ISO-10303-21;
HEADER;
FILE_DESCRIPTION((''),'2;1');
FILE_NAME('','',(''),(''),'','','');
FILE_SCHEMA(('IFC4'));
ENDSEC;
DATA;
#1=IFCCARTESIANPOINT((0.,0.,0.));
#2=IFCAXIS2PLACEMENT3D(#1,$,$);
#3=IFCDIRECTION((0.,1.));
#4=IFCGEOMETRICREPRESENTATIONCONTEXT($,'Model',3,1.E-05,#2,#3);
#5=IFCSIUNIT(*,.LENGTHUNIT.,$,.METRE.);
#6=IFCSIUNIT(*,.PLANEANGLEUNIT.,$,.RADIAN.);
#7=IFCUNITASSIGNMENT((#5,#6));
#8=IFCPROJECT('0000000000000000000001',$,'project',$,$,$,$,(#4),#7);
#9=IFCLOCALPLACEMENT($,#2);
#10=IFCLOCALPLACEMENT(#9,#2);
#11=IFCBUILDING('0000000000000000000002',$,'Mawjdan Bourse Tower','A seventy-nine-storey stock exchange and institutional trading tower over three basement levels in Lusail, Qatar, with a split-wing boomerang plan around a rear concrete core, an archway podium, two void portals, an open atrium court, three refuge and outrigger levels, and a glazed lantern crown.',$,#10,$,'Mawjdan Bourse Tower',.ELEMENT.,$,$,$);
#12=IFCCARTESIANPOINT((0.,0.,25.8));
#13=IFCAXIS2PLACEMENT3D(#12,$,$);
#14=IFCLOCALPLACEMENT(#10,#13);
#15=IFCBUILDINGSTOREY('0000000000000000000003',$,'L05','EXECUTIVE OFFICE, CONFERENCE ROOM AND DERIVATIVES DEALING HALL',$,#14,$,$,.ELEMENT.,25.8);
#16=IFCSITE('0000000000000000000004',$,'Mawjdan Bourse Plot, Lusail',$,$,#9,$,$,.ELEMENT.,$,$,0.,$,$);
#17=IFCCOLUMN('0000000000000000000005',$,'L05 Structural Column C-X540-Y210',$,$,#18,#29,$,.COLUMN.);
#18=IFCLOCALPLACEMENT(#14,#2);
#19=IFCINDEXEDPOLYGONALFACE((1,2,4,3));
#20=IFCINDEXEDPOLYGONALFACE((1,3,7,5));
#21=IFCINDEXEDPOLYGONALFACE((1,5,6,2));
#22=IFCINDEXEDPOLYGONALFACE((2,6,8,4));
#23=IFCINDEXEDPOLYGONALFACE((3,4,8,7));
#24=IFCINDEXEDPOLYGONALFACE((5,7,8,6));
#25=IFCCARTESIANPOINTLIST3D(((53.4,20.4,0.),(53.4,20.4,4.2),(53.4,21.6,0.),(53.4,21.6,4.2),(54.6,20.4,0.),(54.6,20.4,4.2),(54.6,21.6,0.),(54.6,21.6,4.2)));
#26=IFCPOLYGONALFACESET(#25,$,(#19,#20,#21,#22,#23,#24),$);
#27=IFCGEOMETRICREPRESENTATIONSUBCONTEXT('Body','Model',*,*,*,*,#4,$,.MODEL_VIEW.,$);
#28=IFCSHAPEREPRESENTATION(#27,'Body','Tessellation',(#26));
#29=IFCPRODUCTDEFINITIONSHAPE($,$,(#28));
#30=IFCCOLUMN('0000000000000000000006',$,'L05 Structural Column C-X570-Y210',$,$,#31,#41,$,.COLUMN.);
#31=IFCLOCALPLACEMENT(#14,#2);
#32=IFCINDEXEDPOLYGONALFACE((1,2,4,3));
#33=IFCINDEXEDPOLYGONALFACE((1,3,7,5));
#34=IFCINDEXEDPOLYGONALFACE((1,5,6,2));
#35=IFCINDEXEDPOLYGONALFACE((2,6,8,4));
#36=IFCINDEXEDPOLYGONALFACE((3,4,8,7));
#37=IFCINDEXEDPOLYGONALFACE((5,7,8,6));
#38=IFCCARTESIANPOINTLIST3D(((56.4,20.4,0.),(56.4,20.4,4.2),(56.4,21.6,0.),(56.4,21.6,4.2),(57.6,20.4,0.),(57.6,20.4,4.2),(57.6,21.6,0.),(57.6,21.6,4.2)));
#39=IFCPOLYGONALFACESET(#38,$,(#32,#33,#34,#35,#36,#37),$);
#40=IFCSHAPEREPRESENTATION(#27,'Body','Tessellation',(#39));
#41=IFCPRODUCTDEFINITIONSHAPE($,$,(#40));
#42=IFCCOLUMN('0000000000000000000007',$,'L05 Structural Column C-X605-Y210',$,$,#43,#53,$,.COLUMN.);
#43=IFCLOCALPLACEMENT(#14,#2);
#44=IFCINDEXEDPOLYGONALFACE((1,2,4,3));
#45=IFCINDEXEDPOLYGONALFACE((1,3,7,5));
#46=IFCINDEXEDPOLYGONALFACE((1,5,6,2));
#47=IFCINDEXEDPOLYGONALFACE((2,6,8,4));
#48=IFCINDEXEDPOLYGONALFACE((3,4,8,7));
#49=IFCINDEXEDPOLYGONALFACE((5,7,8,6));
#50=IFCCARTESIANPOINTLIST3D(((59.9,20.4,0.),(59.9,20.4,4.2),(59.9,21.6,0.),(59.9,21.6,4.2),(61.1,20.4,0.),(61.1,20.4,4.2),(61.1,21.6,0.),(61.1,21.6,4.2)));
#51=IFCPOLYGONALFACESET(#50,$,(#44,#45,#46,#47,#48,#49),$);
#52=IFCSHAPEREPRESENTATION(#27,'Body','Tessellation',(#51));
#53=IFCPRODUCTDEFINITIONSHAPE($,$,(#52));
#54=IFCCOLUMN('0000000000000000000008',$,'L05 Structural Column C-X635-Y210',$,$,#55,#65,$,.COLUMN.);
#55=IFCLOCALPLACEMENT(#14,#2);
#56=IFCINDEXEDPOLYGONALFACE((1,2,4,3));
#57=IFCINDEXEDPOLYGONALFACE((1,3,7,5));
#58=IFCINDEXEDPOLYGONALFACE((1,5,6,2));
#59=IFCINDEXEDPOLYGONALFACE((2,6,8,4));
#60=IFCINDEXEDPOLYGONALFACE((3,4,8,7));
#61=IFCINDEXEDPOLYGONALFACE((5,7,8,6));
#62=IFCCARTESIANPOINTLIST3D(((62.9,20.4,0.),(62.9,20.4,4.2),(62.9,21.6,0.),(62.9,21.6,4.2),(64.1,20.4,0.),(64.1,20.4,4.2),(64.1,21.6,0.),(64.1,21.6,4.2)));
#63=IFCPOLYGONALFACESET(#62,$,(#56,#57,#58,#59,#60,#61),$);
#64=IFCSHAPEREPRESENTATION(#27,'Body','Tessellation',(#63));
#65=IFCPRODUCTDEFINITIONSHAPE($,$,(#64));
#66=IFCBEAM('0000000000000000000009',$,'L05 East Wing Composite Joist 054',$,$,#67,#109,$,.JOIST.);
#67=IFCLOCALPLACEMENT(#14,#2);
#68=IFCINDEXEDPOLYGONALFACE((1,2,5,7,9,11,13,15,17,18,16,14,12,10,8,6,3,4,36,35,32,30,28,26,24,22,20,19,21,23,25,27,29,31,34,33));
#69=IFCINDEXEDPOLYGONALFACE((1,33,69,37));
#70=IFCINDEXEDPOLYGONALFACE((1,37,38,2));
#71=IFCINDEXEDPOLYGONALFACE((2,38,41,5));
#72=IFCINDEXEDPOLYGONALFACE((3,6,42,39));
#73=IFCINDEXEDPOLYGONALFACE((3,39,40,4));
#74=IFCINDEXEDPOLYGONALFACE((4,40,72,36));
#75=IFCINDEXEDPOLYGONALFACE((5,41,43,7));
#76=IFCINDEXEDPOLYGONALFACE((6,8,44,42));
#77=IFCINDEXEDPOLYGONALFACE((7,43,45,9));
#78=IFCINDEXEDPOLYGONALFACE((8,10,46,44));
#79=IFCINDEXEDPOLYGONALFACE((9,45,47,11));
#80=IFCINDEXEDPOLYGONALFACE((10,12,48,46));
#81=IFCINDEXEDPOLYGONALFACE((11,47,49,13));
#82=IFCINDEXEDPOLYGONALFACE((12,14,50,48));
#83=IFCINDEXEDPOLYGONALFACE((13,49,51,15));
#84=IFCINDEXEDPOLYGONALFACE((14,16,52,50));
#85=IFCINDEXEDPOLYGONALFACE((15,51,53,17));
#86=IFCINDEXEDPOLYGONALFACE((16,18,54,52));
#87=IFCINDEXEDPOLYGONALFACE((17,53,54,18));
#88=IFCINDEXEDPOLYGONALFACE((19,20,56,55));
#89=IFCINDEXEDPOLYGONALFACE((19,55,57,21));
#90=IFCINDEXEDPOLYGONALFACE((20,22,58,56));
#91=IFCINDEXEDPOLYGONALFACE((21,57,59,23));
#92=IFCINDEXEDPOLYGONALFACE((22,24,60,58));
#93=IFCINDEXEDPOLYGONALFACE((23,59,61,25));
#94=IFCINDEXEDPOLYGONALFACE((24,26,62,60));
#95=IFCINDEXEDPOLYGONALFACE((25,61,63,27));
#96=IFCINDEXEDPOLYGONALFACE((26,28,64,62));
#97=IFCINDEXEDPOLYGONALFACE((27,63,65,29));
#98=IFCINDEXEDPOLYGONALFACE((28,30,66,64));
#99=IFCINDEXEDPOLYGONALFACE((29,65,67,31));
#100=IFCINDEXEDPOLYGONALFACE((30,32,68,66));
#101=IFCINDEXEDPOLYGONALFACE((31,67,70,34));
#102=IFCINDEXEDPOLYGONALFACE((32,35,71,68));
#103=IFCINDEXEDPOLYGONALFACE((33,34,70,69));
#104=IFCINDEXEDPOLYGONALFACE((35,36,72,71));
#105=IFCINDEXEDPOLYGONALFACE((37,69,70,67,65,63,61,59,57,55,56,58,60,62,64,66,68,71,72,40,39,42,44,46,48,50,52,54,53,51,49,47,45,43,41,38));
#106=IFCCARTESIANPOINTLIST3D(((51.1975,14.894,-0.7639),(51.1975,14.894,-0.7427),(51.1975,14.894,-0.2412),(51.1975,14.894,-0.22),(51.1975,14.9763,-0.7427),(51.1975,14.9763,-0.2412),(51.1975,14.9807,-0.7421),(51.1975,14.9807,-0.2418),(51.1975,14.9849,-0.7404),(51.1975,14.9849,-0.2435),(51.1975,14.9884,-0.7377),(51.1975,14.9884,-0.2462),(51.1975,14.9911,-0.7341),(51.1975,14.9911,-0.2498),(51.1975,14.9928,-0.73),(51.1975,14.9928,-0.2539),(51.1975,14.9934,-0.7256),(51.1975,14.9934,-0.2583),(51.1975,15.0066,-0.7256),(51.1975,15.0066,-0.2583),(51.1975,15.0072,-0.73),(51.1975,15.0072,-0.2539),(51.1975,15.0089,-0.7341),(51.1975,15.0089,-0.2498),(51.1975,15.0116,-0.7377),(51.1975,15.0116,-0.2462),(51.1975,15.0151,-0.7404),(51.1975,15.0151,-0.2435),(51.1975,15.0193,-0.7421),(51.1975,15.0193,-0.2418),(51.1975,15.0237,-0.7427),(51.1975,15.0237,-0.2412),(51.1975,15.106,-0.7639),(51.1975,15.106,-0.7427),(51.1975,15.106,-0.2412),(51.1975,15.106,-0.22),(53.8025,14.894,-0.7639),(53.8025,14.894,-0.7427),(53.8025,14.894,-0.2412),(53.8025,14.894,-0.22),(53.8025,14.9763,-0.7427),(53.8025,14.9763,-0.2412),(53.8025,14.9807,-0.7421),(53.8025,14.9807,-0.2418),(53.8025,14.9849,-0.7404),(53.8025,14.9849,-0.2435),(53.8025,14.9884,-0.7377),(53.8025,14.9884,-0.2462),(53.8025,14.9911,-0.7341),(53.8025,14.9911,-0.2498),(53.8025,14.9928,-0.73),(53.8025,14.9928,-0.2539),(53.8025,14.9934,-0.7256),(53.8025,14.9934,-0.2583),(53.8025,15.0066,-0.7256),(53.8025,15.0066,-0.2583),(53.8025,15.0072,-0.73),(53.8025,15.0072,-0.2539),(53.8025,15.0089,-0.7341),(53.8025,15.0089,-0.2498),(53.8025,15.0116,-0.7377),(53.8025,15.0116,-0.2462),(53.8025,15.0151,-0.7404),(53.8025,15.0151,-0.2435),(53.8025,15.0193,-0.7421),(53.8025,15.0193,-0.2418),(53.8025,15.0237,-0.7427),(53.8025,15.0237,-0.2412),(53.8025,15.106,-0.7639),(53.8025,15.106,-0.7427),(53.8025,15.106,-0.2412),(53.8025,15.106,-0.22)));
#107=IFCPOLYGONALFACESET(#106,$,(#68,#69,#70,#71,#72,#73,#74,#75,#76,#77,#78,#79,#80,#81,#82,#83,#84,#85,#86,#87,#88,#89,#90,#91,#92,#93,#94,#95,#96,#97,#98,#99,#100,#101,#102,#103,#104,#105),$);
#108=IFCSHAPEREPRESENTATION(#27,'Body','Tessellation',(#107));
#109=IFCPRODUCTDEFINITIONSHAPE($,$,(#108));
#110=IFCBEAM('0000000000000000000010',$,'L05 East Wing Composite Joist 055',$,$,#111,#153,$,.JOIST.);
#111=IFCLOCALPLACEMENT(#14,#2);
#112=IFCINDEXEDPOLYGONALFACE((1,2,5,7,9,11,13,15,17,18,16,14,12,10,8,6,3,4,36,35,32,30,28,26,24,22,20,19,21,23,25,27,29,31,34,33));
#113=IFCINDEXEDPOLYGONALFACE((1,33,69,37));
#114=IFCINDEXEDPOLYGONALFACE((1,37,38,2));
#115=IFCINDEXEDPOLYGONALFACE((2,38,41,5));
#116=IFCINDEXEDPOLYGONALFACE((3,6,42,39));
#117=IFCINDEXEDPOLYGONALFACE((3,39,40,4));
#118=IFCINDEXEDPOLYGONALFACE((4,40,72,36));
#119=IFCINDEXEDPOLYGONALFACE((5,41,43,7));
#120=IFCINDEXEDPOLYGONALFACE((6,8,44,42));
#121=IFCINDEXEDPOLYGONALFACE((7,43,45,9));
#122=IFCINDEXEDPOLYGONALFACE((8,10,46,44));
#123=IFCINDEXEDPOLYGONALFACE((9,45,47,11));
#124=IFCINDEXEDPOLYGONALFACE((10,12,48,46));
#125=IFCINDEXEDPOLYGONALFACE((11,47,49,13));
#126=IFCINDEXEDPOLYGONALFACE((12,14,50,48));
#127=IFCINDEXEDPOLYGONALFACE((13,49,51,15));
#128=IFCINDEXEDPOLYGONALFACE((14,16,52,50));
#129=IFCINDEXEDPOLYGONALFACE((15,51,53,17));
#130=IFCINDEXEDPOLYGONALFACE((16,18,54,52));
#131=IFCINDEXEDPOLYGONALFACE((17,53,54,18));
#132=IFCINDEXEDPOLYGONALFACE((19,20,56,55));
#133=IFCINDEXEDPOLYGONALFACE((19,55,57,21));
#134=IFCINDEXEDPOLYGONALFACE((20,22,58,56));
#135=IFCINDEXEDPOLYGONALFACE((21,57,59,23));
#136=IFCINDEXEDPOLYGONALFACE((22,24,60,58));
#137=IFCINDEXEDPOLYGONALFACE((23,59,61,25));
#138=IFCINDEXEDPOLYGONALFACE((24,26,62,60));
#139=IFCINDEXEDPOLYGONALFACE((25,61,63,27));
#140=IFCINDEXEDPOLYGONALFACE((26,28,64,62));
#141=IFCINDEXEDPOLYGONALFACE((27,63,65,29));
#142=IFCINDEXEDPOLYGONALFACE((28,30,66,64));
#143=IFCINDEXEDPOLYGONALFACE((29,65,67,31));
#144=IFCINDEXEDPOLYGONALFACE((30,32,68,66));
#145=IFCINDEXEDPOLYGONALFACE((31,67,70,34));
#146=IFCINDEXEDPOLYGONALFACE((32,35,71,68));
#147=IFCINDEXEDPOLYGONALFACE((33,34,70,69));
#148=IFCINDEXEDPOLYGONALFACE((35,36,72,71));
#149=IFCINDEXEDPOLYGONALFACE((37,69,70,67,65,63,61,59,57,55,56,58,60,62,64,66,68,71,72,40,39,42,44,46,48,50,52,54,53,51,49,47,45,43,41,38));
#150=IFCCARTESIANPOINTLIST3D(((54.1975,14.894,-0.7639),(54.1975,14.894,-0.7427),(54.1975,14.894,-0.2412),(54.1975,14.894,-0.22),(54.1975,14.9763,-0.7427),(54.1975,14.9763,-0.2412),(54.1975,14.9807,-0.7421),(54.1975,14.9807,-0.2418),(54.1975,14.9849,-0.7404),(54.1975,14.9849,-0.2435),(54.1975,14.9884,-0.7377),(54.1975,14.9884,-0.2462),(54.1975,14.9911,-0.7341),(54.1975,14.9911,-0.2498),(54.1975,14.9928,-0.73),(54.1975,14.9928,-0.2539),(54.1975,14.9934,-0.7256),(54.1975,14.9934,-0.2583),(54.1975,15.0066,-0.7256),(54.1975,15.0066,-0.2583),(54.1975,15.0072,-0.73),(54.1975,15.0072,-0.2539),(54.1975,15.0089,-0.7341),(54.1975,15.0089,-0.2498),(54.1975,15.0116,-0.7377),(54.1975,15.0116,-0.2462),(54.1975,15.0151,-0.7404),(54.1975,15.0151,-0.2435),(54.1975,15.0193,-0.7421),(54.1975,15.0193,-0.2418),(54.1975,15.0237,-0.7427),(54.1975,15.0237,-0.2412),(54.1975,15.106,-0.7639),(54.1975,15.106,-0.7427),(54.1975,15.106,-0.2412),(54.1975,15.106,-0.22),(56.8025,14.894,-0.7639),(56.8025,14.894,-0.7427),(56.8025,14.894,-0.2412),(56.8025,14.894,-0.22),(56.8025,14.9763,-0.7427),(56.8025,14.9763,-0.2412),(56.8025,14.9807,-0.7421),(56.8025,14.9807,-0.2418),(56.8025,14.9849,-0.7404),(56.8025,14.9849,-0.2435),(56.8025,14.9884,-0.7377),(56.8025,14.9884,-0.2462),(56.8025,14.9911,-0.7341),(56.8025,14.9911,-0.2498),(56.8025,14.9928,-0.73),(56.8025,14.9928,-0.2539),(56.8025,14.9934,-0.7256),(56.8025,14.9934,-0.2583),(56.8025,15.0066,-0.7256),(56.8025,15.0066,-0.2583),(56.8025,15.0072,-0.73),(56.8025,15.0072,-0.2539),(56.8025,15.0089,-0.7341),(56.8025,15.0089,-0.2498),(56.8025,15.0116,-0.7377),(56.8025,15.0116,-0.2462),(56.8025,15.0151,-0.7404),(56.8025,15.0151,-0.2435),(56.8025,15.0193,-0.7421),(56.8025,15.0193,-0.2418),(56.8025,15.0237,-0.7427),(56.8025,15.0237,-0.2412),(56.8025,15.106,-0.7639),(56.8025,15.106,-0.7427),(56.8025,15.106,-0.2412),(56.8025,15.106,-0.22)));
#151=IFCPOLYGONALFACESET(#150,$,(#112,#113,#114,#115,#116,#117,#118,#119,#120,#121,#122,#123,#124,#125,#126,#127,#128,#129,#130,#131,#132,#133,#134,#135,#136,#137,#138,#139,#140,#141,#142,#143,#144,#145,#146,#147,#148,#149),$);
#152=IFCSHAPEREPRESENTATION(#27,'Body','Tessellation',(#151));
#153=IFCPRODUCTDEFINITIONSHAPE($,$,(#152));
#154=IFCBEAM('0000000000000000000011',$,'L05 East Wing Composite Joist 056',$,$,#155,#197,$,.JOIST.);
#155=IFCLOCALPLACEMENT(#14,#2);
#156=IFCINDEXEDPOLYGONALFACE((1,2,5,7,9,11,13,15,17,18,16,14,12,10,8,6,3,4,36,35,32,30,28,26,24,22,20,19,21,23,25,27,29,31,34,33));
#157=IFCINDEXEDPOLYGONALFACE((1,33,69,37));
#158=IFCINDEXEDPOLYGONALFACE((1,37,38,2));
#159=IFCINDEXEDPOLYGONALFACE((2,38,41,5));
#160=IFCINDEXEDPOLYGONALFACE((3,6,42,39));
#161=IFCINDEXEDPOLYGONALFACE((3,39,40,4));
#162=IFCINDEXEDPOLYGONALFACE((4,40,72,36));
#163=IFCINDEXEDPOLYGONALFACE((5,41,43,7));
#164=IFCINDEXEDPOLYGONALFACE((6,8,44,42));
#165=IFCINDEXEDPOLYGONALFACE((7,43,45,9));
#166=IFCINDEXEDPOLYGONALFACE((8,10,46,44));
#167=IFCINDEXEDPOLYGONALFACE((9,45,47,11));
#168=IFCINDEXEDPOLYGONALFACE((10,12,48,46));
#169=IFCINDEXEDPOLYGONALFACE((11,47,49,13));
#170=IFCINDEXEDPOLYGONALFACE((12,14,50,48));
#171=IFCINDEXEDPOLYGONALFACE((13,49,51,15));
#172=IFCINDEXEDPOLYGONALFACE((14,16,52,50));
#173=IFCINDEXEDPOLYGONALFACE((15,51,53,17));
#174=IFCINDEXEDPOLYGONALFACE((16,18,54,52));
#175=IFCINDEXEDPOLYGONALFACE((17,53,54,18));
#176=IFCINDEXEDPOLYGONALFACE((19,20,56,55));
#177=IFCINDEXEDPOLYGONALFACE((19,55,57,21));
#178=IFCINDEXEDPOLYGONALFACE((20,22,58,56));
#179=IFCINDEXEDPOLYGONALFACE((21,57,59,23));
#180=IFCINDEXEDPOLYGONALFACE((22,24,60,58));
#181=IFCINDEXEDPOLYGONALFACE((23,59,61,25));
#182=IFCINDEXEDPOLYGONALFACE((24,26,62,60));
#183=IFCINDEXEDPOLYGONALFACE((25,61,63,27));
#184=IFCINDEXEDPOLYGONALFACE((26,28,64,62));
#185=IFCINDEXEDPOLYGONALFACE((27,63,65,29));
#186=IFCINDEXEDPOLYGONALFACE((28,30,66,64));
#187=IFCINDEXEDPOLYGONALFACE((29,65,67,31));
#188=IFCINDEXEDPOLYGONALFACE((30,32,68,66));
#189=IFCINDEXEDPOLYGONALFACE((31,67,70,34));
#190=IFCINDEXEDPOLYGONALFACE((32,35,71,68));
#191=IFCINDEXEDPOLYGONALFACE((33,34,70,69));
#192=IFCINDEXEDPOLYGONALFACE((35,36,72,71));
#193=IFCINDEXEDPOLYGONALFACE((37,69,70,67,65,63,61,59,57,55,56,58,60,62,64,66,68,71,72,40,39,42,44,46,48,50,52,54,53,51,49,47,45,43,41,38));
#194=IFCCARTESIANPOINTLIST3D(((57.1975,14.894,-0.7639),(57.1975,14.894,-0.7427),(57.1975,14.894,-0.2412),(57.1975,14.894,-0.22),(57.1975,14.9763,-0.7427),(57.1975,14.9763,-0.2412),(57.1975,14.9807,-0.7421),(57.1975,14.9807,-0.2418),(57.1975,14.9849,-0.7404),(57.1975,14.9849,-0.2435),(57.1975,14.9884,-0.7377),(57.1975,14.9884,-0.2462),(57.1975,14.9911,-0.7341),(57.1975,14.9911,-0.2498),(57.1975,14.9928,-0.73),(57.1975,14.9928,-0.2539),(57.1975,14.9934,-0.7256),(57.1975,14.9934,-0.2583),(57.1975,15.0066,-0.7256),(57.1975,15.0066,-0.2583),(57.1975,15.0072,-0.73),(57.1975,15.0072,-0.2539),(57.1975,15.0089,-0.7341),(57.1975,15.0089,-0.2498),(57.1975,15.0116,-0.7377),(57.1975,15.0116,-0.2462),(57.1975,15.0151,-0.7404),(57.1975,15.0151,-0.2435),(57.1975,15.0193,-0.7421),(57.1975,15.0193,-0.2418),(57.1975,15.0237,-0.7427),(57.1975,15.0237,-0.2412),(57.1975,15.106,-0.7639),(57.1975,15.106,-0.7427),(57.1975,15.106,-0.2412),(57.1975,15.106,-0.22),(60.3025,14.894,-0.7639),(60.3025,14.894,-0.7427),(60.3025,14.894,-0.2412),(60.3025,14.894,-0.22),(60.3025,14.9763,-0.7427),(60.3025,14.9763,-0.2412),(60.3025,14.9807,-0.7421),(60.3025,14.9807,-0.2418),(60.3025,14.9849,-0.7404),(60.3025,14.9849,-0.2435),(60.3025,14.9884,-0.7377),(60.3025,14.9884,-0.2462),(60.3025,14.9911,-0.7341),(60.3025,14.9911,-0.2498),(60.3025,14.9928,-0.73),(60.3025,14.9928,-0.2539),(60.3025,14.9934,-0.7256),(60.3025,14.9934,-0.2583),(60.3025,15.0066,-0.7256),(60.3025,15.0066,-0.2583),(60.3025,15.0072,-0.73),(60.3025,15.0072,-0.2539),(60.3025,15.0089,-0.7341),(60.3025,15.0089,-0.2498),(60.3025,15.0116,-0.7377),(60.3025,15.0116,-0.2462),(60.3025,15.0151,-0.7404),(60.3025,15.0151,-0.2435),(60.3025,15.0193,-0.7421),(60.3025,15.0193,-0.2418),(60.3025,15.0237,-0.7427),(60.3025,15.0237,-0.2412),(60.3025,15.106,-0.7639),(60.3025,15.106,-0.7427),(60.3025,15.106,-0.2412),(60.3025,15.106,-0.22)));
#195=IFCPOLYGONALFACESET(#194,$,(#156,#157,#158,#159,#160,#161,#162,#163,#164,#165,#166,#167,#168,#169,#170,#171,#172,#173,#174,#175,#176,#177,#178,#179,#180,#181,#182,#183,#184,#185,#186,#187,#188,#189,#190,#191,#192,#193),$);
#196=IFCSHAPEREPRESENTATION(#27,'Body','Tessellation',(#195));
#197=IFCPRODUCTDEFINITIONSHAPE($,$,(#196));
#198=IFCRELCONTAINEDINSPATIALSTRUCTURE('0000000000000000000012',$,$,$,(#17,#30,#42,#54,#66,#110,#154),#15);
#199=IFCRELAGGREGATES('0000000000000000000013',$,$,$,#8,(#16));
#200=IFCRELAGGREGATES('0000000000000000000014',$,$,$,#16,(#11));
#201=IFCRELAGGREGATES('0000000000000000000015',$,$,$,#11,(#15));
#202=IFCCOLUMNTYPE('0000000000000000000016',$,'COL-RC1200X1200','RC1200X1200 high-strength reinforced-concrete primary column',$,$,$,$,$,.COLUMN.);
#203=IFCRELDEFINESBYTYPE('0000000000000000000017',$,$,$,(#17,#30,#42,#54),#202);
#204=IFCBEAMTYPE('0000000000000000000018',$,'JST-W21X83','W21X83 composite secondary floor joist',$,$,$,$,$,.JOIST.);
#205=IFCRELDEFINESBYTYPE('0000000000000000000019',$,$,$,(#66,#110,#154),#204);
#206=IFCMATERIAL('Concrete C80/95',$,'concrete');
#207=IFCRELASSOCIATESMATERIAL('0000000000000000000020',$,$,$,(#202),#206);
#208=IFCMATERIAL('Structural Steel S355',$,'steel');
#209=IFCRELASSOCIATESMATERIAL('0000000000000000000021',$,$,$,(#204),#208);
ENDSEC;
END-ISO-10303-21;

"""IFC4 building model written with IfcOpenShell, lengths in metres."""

from ifc_helpers import new_model, si_unit, direction, frame, origin, origin_2d, place, context, subcontext, project, spatial, rectangle, i_section, extrude, material, material_profile, profile_set, type_object, element, save


model = new_model("IFC4")

# Units and contexts
model_context = context("Model", 3, precision=1e-05, world=origin(), true_north=direction((0.0, 1.0)))
body_context = subcontext(model_context, "Body", "Model", "MODEL_VIEW")
ifc_project = project(units=[si_unit("LENGTHUNIT", "METRE"), si_unit("PLANEANGLEUNIT", "RADIAN")], contexts=[model_context])

# Site, building, storey
site_placement = place(None, origin())
site = spatial("IfcSite", under=ifc_project, at=site_placement, Name="Mawjdan Bourse Plot, Lusail", CompositionType="ELEMENT", RefElevation=0.0)
building_placement = place(site_placement, origin())
building = spatial("IfcBuilding", under=site, at=building_placement, Name="Mawjdan Bourse Tower", Description="A seventy-nine-storey stock exchange and institutional trading tower over three basement levels in Lusail, Qatar, with a split-wing boomerang plan around a rear concrete core, an archway podium, two void portals, an open atrium court, three refuge and outrigger levels, and a glazed lantern crown.", LongName="Mawjdan Bourse Tower", CompositionType="ELEMENT")
storey_placement = place(building_placement, frame((0.0, 0.0, 25.8)))
storey = spatial("IfcBuildingStorey", under=building, at=storey_placement, Name="L05", Description="EXECUTIVE OFFICE, CONFERENCE ROOM AND DERIVATIVES DEALING HALL", CompositionType="ELEMENT", Elevation=25.8)

# Columns
ifc_material_1 = material(Name="Concrete C80/95", Category="concrete")
ifc_material_profile_1 = material_profile(ifc_material_1, rectangle(XDim=1.2, YDim=1.2, at=origin_2d()), Name="RC1200X1200")
ifc_profile_set_1 = profile_set([ifc_material_profile_1], Name="Concrete C80/95")
column_type = type_object("IfcColumnType", Name="COL-RC1200X1200", Description="RC1200X1200 high-strength reinforced-concrete primary column", PredefinedType="COLUMN", material=ifc_profile_set_1)
for number, where, z_axis, x_axis, name in (
    (1, (54.0, 21.0, 0.0), (0.0, 0.0, 1.0), (1.0, 0.0, 0.0), "L05 Structural Column C-X540-Y210"),
    (2, (57.0, 21.0, 0.0), (0.0, 0.0, 1.0), (1.0, 0.0, 0.0), "L05 Structural Column C-X570-Y210"),
    (3, (60.5, 21.0, 0.0), (0.0, 0.0, 1.0), (1.0, 0.0, 0.0), "L05 Structural Column C-X605-Y210"),
    (4, (63.5, 21.0, 0.0), (0.0, 0.0, 1.0), (1.0, 0.0, 0.0), "L05 Structural Column C-X635-Y210"),
):
    element("IfcColumn", number, at=place(storey_placement, frame(where, z_axis=z_axis, x_axis=x_axis)), inside=storey, type_object=column_type, Name=name, PredefinedType="COLUMN", context=body_context, shape_type="SweptSolid", body=[
        extrude(rectangle(XDim=1.2, YDim=1.2, at=origin_2d()), origin(), (0.0, 0.0, 1.0), 4.2),
    ])

# Beams
ifc_material_2 = material(Name="Structural Steel S355", Category="steel")
ifc_material_profile_2 = material_profile(ifc_material_2, i_section(OverallWidth=0.2119, OverallDepth=0.5439, WebThickness=0.0132, FlangeThickness=0.0212, FilletRadius=0.0171, at=origin_2d()), Name="W21X83")
ifc_profile_set_2 = profile_set([ifc_material_profile_2], Name="Structural Steel S355")
beam_type_1 = type_object("IfcBeamType", Name="JST-W21X83", Description="W21X83 composite secondary floor joist", PredefinedType="JOIST", material=ifc_profile_set_2)
for number, where, z_axis, x_axis, name in (
    (5, (51.1975, 15.0, -0.4919), (1.0, 0.0, 0.0), (0.0, 1.0, 0.0), "L05 East Wing Composite Joist 054"),
    (6, (54.1975, 15.0, -0.4919), (1.0, 0.0, 0.0), (0.0, 1.0, 0.0), "L05 East Wing Composite Joist 055"),
):
    element("IfcBeam", number, at=place(storey_placement, frame(where, z_axis=z_axis, x_axis=x_axis)), inside=storey, type_object=beam_type_1, Name=name, PredefinedType="JOIST", context=body_context, shape_type="SweptSolid", body=[
        extrude(i_section(OverallWidth=0.2119, OverallDepth=0.5439, WebThickness=0.0132, FlangeThickness=0.0212, FilletRadius=0.0171, at=origin_2d()), origin(), (0.0, 0.0, 1.0), 2.605),
    ])
beam_1_placement = place(storey_placement, frame((57.1975, 15.0, -0.4919), z_axis=(1.0, 0.0, 0.0), x_axis=(0.0, 1.0, 0.0)))
element("IfcBeam", 7, at=beam_1_placement, inside=storey, type_object=beam_type_1, Name="L05 East Wing Composite Joist 056", PredefinedType="JOIST", context=body_context, shape_type="SweptSolid", body=[
    extrude(i_section(OverallWidth=0.2119, OverallDepth=0.5439, WebThickness=0.0132, FlangeThickness=0.0212, FilletRadius=0.0171, at=origin_2d()), origin(), (0.0, 0.0, 1.0), 3.105),
])

save(model, "model.ifc")
